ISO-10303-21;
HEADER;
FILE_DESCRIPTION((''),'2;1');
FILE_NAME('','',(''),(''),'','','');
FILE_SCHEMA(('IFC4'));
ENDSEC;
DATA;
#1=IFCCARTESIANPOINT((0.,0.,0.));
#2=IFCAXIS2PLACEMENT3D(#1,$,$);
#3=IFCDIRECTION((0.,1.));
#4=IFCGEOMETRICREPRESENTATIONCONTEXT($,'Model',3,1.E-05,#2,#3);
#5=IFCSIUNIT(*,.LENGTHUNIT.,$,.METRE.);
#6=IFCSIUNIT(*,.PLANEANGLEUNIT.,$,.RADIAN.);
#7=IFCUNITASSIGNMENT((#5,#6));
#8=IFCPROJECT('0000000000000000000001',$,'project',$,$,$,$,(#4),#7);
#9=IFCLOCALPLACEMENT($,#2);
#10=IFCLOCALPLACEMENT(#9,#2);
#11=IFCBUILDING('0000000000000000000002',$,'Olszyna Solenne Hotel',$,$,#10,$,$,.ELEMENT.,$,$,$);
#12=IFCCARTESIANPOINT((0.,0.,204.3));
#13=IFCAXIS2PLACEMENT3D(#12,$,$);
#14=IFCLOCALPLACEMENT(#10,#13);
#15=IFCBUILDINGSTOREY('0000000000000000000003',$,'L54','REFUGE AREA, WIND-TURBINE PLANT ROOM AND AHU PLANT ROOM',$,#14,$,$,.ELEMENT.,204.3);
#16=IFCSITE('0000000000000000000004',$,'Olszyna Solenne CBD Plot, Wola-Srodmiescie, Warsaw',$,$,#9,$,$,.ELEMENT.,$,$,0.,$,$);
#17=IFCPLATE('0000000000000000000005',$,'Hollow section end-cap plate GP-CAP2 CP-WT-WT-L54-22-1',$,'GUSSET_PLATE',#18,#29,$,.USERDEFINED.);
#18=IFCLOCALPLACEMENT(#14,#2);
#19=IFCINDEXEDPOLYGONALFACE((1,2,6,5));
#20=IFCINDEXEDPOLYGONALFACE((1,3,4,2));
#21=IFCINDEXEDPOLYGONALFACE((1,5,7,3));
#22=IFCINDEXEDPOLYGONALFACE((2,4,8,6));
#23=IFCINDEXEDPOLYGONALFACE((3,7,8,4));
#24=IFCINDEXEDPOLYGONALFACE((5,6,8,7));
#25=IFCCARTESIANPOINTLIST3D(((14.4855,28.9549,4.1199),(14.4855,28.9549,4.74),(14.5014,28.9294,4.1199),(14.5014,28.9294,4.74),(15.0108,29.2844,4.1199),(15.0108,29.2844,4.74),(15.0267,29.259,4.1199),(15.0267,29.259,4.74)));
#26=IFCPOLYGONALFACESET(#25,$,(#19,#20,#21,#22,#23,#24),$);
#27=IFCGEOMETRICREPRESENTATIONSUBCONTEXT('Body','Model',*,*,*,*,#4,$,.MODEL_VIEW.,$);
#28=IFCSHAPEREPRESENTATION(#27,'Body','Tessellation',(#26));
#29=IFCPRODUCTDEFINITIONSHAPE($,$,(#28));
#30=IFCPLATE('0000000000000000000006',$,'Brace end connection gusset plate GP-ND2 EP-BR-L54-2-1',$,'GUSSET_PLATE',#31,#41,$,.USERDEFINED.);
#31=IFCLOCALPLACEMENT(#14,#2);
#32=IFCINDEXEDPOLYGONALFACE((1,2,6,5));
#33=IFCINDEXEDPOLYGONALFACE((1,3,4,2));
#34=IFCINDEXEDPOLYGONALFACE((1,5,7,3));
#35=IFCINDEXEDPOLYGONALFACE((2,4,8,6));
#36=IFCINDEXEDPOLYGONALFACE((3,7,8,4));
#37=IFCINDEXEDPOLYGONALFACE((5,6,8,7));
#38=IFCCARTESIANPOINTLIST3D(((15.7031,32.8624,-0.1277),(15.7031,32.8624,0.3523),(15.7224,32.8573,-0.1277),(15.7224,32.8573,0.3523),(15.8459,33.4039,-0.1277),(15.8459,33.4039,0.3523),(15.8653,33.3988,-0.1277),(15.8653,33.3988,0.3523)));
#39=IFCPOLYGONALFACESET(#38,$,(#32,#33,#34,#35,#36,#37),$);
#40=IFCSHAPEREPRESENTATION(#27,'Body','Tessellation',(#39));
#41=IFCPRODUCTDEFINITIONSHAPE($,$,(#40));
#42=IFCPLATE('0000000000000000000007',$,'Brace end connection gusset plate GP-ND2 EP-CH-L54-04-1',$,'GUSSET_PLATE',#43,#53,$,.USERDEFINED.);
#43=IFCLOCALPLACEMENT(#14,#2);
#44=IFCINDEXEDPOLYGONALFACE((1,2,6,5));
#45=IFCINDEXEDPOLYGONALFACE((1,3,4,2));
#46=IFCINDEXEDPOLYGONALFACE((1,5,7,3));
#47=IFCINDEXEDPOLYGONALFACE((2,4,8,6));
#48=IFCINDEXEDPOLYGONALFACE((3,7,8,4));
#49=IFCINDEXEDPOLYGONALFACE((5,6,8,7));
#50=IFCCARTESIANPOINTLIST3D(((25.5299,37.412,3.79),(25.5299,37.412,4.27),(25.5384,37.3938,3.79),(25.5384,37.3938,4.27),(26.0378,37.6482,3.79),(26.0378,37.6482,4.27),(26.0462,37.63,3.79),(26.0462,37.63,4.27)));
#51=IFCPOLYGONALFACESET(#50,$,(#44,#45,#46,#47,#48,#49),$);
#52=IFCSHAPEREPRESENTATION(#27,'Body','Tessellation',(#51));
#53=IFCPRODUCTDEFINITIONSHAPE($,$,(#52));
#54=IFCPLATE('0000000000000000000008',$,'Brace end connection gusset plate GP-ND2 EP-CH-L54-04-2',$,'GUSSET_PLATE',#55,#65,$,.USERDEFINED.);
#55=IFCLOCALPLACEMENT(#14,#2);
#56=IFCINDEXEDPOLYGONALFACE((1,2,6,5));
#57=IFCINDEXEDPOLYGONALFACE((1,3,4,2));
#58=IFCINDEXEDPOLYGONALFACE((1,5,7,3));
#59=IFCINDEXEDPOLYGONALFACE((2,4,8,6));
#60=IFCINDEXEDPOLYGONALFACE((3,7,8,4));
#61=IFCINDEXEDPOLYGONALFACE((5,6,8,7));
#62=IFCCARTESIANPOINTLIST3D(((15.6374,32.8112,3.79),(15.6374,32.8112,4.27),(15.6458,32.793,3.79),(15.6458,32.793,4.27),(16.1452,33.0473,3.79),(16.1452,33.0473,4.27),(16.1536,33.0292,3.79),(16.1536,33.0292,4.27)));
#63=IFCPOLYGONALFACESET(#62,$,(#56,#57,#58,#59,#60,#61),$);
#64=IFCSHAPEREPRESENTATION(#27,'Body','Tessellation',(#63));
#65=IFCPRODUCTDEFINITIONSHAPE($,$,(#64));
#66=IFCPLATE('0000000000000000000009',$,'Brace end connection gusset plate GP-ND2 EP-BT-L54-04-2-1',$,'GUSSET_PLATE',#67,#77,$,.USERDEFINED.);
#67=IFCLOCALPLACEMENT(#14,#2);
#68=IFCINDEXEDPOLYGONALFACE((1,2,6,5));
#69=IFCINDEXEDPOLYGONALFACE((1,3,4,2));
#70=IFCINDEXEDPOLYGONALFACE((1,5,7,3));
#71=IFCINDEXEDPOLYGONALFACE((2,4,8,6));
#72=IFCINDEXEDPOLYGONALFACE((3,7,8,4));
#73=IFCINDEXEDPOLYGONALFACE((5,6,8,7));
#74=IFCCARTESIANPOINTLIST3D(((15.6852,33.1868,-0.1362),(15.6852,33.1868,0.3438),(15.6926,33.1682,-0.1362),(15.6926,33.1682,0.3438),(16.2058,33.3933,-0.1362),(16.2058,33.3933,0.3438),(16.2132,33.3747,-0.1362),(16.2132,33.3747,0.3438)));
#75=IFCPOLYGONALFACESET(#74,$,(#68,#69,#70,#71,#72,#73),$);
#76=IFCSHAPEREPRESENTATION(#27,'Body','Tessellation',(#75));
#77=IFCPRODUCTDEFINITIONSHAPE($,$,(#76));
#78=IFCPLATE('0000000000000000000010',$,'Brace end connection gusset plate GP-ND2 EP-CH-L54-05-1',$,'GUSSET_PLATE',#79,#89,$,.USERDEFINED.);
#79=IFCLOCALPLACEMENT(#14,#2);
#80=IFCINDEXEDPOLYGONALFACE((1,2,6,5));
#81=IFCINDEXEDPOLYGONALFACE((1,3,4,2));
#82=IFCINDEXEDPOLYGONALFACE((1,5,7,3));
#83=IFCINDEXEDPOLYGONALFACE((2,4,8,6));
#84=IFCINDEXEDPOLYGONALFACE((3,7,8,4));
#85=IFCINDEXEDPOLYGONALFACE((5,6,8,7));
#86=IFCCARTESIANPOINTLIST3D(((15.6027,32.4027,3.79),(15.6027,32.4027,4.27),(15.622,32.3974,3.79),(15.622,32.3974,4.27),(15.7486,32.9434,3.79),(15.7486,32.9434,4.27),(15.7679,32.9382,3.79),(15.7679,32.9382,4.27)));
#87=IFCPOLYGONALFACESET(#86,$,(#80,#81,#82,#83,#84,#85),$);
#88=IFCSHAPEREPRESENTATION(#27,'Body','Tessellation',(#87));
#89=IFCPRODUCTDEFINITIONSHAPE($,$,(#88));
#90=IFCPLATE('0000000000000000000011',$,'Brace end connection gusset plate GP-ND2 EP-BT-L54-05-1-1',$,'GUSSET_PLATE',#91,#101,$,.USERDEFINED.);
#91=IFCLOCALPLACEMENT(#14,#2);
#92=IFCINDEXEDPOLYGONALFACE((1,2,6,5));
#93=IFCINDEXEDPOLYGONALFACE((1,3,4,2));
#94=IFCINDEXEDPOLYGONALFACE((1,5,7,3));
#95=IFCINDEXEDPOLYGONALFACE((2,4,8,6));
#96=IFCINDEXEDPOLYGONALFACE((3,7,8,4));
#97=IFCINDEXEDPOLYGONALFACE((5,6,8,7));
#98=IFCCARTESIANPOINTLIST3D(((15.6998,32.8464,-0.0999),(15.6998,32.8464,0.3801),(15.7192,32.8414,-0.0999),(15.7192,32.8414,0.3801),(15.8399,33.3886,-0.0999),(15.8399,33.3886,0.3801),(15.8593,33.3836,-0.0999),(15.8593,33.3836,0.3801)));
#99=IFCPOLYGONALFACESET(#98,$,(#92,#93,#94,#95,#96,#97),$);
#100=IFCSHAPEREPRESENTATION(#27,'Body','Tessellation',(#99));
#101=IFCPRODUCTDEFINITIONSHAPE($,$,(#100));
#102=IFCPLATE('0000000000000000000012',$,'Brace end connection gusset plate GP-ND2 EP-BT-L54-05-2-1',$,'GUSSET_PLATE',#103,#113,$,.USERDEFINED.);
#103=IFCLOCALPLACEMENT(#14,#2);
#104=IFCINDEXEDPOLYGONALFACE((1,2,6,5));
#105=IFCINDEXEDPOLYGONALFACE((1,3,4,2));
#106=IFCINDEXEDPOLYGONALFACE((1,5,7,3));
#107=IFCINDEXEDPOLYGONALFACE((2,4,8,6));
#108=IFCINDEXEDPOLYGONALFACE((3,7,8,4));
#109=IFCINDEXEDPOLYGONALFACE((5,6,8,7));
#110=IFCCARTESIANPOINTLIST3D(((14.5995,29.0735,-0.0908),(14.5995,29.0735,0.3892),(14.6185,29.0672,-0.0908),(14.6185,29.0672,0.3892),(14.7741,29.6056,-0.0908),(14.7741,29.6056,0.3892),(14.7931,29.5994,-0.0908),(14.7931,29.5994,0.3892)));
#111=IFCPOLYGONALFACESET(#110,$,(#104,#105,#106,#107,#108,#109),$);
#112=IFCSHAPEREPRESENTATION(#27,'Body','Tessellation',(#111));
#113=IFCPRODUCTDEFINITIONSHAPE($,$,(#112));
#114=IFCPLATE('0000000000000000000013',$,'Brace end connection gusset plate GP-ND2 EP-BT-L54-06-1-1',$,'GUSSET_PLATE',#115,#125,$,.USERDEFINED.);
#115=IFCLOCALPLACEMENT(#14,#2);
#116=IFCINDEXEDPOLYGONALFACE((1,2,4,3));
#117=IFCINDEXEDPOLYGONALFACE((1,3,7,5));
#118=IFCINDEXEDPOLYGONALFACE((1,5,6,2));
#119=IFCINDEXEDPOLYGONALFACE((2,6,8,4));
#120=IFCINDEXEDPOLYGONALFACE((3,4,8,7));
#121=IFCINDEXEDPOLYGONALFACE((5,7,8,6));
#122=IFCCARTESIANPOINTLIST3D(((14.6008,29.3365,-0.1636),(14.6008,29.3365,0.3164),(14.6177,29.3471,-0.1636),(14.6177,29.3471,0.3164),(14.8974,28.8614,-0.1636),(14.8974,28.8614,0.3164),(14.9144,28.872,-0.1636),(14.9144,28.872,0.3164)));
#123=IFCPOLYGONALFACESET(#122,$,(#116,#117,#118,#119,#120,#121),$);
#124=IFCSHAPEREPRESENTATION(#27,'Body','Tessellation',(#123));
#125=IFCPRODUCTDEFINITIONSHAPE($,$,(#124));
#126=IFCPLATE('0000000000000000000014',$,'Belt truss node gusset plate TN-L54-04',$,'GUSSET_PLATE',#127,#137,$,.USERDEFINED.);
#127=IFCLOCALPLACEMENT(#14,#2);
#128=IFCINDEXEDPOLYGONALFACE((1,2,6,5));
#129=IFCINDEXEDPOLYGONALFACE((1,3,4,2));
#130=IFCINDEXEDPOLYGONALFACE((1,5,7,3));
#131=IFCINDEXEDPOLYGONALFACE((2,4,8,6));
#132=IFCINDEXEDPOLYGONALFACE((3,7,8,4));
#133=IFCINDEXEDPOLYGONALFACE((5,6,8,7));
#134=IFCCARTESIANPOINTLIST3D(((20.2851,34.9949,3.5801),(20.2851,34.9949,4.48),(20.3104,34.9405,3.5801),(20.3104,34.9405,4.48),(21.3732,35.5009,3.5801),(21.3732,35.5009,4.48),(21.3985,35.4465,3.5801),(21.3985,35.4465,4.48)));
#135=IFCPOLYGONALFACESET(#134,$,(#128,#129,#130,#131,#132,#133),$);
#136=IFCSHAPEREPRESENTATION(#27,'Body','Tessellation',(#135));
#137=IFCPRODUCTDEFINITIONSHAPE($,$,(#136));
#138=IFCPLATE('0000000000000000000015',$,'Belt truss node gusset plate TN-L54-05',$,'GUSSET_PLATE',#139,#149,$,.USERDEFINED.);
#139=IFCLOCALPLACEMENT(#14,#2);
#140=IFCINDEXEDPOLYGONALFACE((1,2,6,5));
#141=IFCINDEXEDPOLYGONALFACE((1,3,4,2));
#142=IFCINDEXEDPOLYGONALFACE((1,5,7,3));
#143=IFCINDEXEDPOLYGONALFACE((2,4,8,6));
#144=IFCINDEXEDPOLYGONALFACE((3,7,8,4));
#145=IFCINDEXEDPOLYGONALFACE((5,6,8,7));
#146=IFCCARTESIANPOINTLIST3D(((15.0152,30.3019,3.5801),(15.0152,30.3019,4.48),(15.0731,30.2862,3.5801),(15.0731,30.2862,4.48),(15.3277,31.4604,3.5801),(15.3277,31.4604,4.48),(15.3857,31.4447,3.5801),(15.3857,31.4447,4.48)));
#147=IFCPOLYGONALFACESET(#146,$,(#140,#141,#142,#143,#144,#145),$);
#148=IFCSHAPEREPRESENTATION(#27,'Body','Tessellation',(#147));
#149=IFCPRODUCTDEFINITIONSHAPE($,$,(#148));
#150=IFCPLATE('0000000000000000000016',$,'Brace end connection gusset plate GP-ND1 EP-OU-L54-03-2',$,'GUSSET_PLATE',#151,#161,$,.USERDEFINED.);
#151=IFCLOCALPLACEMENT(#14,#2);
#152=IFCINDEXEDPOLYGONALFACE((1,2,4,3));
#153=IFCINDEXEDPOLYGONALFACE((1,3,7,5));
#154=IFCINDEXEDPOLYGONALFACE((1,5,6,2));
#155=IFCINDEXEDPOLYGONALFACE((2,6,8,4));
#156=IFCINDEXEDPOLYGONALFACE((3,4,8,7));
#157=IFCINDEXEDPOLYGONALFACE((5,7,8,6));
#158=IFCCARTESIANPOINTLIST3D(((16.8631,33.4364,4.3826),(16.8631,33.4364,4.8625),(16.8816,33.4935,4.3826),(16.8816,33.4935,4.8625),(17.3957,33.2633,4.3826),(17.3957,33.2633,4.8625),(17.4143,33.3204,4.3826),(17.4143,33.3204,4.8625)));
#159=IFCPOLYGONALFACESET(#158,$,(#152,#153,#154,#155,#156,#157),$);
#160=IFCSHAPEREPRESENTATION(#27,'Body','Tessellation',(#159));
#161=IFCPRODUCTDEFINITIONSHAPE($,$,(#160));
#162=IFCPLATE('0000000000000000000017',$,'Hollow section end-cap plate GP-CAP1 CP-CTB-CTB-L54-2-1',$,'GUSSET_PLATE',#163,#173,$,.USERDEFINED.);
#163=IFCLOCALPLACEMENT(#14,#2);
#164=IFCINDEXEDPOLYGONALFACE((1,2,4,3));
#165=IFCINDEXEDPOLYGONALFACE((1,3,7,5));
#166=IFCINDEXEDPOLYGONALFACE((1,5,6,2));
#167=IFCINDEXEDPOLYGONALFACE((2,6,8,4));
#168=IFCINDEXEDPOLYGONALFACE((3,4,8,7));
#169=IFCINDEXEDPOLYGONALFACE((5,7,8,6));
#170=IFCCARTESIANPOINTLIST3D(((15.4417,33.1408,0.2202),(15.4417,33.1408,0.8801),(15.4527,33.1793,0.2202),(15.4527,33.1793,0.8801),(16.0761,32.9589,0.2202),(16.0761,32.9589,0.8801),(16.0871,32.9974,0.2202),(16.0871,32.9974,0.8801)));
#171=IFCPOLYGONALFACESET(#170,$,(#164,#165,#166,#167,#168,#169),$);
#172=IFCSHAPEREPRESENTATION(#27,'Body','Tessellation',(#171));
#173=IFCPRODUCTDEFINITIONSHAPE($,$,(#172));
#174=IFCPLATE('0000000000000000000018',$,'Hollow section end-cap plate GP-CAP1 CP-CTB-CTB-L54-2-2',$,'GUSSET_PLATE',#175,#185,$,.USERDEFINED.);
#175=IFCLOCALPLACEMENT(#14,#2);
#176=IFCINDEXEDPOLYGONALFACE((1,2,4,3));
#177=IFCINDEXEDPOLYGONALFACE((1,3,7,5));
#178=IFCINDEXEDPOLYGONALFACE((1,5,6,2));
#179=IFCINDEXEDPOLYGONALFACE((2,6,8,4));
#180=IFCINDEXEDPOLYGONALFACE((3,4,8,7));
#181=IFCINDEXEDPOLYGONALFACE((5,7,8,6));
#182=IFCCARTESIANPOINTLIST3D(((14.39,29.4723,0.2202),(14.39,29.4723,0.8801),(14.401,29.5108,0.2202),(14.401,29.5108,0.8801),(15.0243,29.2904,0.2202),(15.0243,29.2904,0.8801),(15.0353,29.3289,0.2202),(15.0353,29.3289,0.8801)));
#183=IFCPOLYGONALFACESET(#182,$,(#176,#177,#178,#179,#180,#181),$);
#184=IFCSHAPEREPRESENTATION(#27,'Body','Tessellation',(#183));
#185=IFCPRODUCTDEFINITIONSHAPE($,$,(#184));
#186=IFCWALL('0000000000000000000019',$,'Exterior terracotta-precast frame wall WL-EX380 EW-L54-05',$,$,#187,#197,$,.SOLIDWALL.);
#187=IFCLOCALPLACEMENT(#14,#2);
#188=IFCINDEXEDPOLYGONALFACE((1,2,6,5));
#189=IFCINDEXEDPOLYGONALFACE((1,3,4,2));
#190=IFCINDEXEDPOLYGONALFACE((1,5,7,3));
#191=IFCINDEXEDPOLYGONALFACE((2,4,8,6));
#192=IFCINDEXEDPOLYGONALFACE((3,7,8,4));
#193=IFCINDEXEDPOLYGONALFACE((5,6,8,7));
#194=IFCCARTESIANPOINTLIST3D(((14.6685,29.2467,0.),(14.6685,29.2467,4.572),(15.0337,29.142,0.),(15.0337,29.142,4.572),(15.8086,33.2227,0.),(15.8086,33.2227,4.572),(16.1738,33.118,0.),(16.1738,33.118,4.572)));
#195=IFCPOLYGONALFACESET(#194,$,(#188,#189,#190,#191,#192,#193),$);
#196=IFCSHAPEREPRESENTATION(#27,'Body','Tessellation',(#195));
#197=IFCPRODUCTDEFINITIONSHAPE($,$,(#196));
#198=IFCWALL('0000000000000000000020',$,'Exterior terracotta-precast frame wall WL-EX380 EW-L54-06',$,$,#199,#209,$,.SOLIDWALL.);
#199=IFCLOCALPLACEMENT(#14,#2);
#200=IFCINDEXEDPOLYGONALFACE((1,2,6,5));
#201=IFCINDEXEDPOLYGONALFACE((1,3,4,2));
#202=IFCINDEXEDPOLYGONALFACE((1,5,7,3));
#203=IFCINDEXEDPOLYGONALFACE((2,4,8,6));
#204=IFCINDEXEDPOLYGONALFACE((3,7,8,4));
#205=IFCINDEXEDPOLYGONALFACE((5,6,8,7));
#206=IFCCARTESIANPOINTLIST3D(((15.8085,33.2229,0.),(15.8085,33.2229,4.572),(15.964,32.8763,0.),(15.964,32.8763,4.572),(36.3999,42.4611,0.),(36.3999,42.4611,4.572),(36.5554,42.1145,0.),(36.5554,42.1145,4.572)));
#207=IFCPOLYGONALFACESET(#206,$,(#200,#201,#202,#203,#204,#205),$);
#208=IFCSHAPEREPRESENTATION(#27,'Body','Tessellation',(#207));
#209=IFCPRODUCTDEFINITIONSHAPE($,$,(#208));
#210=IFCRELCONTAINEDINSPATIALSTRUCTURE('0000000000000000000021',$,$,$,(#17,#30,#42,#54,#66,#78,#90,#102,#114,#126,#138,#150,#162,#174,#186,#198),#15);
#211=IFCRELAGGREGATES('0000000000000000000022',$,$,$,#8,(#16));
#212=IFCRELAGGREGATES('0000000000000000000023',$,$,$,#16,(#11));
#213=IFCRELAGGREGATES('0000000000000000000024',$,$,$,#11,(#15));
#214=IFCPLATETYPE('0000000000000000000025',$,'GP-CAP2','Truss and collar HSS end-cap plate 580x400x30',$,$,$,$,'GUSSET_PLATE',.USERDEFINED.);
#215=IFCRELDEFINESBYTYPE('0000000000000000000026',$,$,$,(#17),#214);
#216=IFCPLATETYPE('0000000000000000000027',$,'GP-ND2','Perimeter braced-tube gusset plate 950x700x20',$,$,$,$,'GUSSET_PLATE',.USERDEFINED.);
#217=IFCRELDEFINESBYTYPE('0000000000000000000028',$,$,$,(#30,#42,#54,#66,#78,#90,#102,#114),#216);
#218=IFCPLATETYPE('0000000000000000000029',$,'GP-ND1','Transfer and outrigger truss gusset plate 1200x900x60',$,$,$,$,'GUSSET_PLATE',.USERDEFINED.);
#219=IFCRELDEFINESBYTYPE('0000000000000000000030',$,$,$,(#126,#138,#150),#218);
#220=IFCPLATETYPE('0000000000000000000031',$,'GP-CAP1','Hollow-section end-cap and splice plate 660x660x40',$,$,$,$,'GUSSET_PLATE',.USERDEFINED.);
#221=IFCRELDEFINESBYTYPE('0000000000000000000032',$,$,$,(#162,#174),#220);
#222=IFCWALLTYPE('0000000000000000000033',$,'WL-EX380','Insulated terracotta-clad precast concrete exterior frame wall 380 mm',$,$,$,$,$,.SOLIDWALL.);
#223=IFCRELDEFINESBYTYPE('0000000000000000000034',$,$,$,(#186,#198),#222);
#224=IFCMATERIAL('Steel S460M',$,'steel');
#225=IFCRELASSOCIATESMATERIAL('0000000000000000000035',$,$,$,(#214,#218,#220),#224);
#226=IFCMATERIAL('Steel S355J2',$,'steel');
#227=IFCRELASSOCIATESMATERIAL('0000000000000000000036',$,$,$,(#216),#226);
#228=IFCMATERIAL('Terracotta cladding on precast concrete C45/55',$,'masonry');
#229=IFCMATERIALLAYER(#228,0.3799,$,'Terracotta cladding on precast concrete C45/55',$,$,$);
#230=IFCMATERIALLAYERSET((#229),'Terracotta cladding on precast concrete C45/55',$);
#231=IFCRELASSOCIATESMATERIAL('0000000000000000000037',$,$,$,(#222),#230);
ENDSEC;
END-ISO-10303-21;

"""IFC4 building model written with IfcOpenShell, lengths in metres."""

from ifc_helpers import new_model, si_unit, direction, frame, frame_2d, origin, origin_2d, place, context, subcontext, project, spatial, rectangle, extrude, source, transform, mapped, material, layer, layer_set, type_object, element, save


model = new_model("IFC4")

# Units and contexts
model_context = context("Model", 3, precision=1e-05, world=origin(), true_north=direction((0.0, 1.0)))
body_context = subcontext(model_context, "Body", "Model", "MODEL_VIEW")
ifc_project = project(units=[si_unit("LENGTHUNIT", "METRE"), si_unit("PLANEANGLEUNIT", "RADIAN")], contexts=[model_context])

# Site, building, storey
site_placement = place(None, origin())
site = spatial("IfcSite", under=ifc_project, at=site_placement, Name="Olszyna Solenne CBD Plot, Wola-Srodmiescie, Warsaw", CompositionType="ELEMENT", RefElevation=0.0)
building_placement = place(site_placement, origin())
building = spatial("IfcBuilding", under=site, at=building_placement, Name="Olszyna Solenne Hotel", CompositionType="ELEMENT")
storey_placement = place(building_placement, frame((0.0, 0.0, 204.3)))
storey = spatial("IfcBuildingStorey", under=building, at=storey_placement, Name="L54", Description="REFUGE AREA, WIND-TURBINE PLANT ROOM AND AHU PLANT ROOM", CompositionType="ELEMENT", Elevation=204.3)

# Shared definitions
ifc_material_1 = material(Name="Steel S460M", Category="steel")

# Shared definitions
ifc_material_2 = material(Name="Steel S355J2", Category="steel")

# Plates
plate_type_1 = type_object("IfcPlateType", Name="GP-CAP2", Description="Truss and collar HSS end-cap plate 580x400x30", ElementType="GUSSET_PLATE", PredefinedType="USERDEFINED", material=ifc_material_1)
shared_shape_1 = source(origin(), body_context, "Body", "SweptSolid", [
    extrude(rectangle(XDim=0.03, YDim=0.6201, at=origin_2d()), origin(), (0.0, 0.0, 1.0), 0.6201),
])
for number, where, z_axis, x_axis, name in (
    (1, (14.7561, 29.1069, 4.1199), (0.0, 0.0, 1.0), (0.531399, -0.847122, 0.0), "Hollow section end-cap plate GP-CAP2 CP-WT-WT-L54-22-1"),
):
    element("IfcPlate", number, at=place(storey_placement, frame(where, z_axis=z_axis, x_axis=x_axis)), inside=storey, type_object=plate_type_1, Name=name, ObjectType="GUSSET_PLATE", PredefinedType="USERDEFINED", context=body_context, shape_type="MappedRepresentation", body=[
        mapped(shared_shape_1, transform((0.0, 0.0, 0.0), x_axis=(1.0, 0.0, 0.0), y_axis=(0.0, 1.0, 0.0), z_axis=(0.0, 0.0, 1.0), scale=1.0)),
    ])
plate_type_2 = type_object("IfcPlateType", Name="GP-ND2", Description="Perimeter braced-tube gusset plate 950x700x20", ElementType="GUSSET_PLATE", PredefinedType="USERDEFINED", material=ifc_material_2)
shared_shape_2 = source(origin(), body_context, "Body", "SweptSolid", [
    extrude(rectangle(XDim=0.5601, YDim=0.02, at=origin_2d()), origin(), (0.0, 0.0, 1.0), 0.48),
])
for number, where, z_axis, x_axis, name in (
    (2, (15.7842, 33.1306, -0.1277), (0.0, 0.0, 1.0), (-0.255108, -0.966912, 0.0), "Brace end connection gusset plate GP-ND2 EP-BR-L54-2-1"),
    (3, (25.7881, 37.521, 3.79), (0.0, 0.0, 1.0), (-0.90675, -0.421669, 0.0), "Brace end connection gusset plate GP-ND2 EP-CH-L54-04-1"),
    (4, (15.8955, 32.9202, 3.79), (0.0, 0.0, 1.0), (-0.90675, -0.421669, 0.0), "Brace end connection gusset plate GP-ND2 EP-CH-L54-04-2"),
    (5, (15.9492, 33.2808, -0.1362), (0.0, 0.0, 1.0), (0.929584, 0.368611, 0.0), "Brace end connection gusset plate GP-ND2 EP-BT-L54-04-2-1"),
    (6, (15.6853, 32.6704, 3.79), (0.0, 0.0, 1.0), (-0.260505, -0.965473, 0.0), "Brace end connection gusset plate GP-ND2 EP-CH-L54-05-1"),
    (7, (15.7795, 33.115, -0.0999), (0.0, 0.0, 1.0), (-0.250042, -0.968235, 0.0), "Brace end connection gusset plate GP-ND2 EP-BT-L54-05-1-1"),
    (8, (14.6963, 29.3364, -0.0908), (0.0, 0.0, 1.0), (0.311672, 0.95019, 0.0), "Brace end connection gusset plate GP-ND2 EP-BT-L54-05-2-1"),
    (9, (14.7576, 29.1042, -0.1636), (0.0, 0.0, 1.0), (0.529623, -0.848233, 0.0), "Brace end connection gusset plate GP-ND2 EP-BT-L54-06-1-1"),
):
    element("IfcPlate", number, at=place(storey_placement, frame(where, z_axis=z_axis, x_axis=x_axis)), inside=storey, type_object=plate_type_2, Name=name, ObjectType="GUSSET_PLATE", PredefinedType="USERDEFINED", context=body_context, shape_type="MappedRepresentation", body=[
        mapped(shared_shape_2, transform((0.0, 0.0, 0.0), x_axis=(1.0, 0.0, 0.0), y_axis=(0.0, 1.0, 0.0), z_axis=(0.0, 0.0, 1.0), scale=1.0)),
    ])
plate_type_3 = type_object("IfcPlateType", Name="GP-ND1", Description="Transfer and outrigger truss gusset plate 1200x900x60", ElementType="GUSSET_PLATE", PredefinedType="USERDEFINED", material=ifc_material_1)
shared_shape_3 = source(origin(), body_context, "Body", "SweptSolid", [
    extrude(rectangle(XDim=1.2, YDim=0.0601, at=origin_2d()), origin(), (0.0, 0.0, 1.0), 0.8999),
])
for number, where, z_axis, x_axis, name in (
    (10, (20.8418, 35.2207, 3.5801), (0.0, 0.0, 1.0), (-0.90675, -0.421669, 0.0), "Belt truss node gusset plate TN-L54-04"),
    (11, (15.2004, 30.8733, 3.5801), (0.0, 0.0, 1.0), (-0.260505, -0.965473, 0.0), "Belt truss node gusset plate TN-L54-05"),
):
    element("IfcPlate", number, at=place(storey_placement, frame(where, z_axis=z_axis, x_axis=x_axis)), inside=storey, type_object=plate_type_3, Name=name, ObjectType="GUSSET_PLATE", PredefinedType="USERDEFINED", context=body_context, shape_type="MappedRepresentation", body=[
        mapped(shared_shape_3, transform((0.0, 0.0, 0.0), x_axis=(1.0, 0.0, 0.0), y_axis=(0.0, 1.0, 0.0), z_axis=(0.0, 0.0, 1.0), scale=1.0)),
    ])
shared_shape_4 = source(origin(), body_context, "Body", "SweptSolid", [
    extrude(rectangle(XDim=0.5601, YDim=0.0601, at=origin_2d()), origin(), (0.0, 0.0, 1.0), 0.48),
])
plate_placement = place(storey_placement, frame((17.1387, 33.3784, 4.3826), z_axis=(0.0, 0.0, 1.0), x_axis=(-0.951057, 0.309017, 0.0)))
element("IfcPlate", 12, at=plate_placement, inside=storey, type_object=plate_type_3, Name="Brace end connection gusset plate GP-ND1 EP-OU-L54-03-2", ObjectType="GUSSET_PLATE", PredefinedType="USERDEFINED", context=body_context, shape_type="MappedRepresentation", body=[
    mapped(shared_shape_4, transform((0.0, 0.0, 0.0), x_axis=(1.0, 0.0, 0.0), y_axis=(0.0, 1.0, 0.0), z_axis=(0.0, 0.0, 1.0), scale=1.0)),
])
plate_type_4 = type_object("IfcPlateType", Name="GP-CAP1", Description="Hollow-section end-cap and splice plate 660x660x40", ElementType="GUSSET_PLATE", PredefinedType="USERDEFINED", material=ifc_material_1)
shared_shape_5 = source(origin(), body_context, "Body", "SweptSolid", [
    extrude(rectangle(XDim=0.04, YDim=0.6599, at=origin_2d()), origin(), (0.0, 0.0, 1.0), 0.6599),
])
for number, where, z_axis, x_axis, name in (
    (13, (15.7644, 33.0691, 0.2202), (0.0, 0.0, 1.0), (-0.275637, -0.961262, 0.0), "Hollow section end-cap plate GP-CAP1 CP-CTB-CTB-L54-2-1"),
    (14, (14.7126, 29.4006, 0.2202), (0.0, 0.0, 1.0), (-0.275637, -0.961262, 0.0), "Hollow section end-cap plate GP-CAP1 CP-CTB-CTB-L54-2-2"),
):
    element("IfcPlate", number, at=place(storey_placement, frame(where, z_axis=z_axis, x_axis=x_axis)), inside=storey, type_object=plate_type_4, Name=name, ObjectType="GUSSET_PLATE", PredefinedType="USERDEFINED", context=body_context, shape_type="MappedRepresentation", body=[
        mapped(shared_shape_5, transform((0.0, 0.0, 0.0), x_axis=(1.0, 0.0, 0.0), y_axis=(0.0, 1.0, 0.0), z_axis=(0.0, 0.0, 1.0), scale=1.0)),
    ])

# Walls
ifc_material_3 = material(Name="Terracotta cladding on precast concrete C45/55", Category="masonry")
ifc_layer = layer(ifc_material_3, 0.3799, Name="Terracotta cladding on precast concrete C45/55")
ifc_layer_set = layer_set([ifc_layer], Name="Terracotta cladding on precast concrete C45/55")
wall_type = type_object("IfcWallType", Name="WL-EX380", Description="Insulated terracotta-clad precast concrete exterior frame wall 380 mm", PredefinedType="SOLIDWALL", material=ifc_layer_set)
wall_1_placement = place(storey_placement, frame((14.8511, 29.1943, 0.0), z_axis=(0.0, 0.0, 1.0), x_axis=(0.275641, 0.961261, 0.0)))
element("IfcWall", 15, at=wall_1_placement, inside=storey, type_object=wall_type, Name="Exterior terracotta-precast frame wall WL-EX380 EW-L54-05", PredefinedType="SOLIDWALL", context=body_context, shape_type="SweptSolid", body=[
    extrude(rectangle(XDim=4.1362, YDim=0.3799, at=frame_2d((2.0681, 0.0))), origin(), (0.0, 0.0, 1.0), 4.572),
])
wall_2_placement = place(storey_placement, frame((15.8862, 33.0496, 0.0), z_axis=(0.0, 0.0, 1.0), x_axis=(0.912384, 0.409336, 0.0)))
element("IfcWall", 16, at=wall_2_placement, inside=storey, type_object=wall_type, Name="Exterior terracotta-precast frame wall WL-EX380 EW-L54-06", PredefinedType="SOLIDWALL", context=body_context, shape_type="SweptSolid", body=[
    extrude(rectangle(XDim=22.5688, YDim=0.3799, at=frame_2d((11.2844, 0.0))), origin(), (0.0, 0.0, 1.0), 4.572),
])

save(model, "model.ifc")
